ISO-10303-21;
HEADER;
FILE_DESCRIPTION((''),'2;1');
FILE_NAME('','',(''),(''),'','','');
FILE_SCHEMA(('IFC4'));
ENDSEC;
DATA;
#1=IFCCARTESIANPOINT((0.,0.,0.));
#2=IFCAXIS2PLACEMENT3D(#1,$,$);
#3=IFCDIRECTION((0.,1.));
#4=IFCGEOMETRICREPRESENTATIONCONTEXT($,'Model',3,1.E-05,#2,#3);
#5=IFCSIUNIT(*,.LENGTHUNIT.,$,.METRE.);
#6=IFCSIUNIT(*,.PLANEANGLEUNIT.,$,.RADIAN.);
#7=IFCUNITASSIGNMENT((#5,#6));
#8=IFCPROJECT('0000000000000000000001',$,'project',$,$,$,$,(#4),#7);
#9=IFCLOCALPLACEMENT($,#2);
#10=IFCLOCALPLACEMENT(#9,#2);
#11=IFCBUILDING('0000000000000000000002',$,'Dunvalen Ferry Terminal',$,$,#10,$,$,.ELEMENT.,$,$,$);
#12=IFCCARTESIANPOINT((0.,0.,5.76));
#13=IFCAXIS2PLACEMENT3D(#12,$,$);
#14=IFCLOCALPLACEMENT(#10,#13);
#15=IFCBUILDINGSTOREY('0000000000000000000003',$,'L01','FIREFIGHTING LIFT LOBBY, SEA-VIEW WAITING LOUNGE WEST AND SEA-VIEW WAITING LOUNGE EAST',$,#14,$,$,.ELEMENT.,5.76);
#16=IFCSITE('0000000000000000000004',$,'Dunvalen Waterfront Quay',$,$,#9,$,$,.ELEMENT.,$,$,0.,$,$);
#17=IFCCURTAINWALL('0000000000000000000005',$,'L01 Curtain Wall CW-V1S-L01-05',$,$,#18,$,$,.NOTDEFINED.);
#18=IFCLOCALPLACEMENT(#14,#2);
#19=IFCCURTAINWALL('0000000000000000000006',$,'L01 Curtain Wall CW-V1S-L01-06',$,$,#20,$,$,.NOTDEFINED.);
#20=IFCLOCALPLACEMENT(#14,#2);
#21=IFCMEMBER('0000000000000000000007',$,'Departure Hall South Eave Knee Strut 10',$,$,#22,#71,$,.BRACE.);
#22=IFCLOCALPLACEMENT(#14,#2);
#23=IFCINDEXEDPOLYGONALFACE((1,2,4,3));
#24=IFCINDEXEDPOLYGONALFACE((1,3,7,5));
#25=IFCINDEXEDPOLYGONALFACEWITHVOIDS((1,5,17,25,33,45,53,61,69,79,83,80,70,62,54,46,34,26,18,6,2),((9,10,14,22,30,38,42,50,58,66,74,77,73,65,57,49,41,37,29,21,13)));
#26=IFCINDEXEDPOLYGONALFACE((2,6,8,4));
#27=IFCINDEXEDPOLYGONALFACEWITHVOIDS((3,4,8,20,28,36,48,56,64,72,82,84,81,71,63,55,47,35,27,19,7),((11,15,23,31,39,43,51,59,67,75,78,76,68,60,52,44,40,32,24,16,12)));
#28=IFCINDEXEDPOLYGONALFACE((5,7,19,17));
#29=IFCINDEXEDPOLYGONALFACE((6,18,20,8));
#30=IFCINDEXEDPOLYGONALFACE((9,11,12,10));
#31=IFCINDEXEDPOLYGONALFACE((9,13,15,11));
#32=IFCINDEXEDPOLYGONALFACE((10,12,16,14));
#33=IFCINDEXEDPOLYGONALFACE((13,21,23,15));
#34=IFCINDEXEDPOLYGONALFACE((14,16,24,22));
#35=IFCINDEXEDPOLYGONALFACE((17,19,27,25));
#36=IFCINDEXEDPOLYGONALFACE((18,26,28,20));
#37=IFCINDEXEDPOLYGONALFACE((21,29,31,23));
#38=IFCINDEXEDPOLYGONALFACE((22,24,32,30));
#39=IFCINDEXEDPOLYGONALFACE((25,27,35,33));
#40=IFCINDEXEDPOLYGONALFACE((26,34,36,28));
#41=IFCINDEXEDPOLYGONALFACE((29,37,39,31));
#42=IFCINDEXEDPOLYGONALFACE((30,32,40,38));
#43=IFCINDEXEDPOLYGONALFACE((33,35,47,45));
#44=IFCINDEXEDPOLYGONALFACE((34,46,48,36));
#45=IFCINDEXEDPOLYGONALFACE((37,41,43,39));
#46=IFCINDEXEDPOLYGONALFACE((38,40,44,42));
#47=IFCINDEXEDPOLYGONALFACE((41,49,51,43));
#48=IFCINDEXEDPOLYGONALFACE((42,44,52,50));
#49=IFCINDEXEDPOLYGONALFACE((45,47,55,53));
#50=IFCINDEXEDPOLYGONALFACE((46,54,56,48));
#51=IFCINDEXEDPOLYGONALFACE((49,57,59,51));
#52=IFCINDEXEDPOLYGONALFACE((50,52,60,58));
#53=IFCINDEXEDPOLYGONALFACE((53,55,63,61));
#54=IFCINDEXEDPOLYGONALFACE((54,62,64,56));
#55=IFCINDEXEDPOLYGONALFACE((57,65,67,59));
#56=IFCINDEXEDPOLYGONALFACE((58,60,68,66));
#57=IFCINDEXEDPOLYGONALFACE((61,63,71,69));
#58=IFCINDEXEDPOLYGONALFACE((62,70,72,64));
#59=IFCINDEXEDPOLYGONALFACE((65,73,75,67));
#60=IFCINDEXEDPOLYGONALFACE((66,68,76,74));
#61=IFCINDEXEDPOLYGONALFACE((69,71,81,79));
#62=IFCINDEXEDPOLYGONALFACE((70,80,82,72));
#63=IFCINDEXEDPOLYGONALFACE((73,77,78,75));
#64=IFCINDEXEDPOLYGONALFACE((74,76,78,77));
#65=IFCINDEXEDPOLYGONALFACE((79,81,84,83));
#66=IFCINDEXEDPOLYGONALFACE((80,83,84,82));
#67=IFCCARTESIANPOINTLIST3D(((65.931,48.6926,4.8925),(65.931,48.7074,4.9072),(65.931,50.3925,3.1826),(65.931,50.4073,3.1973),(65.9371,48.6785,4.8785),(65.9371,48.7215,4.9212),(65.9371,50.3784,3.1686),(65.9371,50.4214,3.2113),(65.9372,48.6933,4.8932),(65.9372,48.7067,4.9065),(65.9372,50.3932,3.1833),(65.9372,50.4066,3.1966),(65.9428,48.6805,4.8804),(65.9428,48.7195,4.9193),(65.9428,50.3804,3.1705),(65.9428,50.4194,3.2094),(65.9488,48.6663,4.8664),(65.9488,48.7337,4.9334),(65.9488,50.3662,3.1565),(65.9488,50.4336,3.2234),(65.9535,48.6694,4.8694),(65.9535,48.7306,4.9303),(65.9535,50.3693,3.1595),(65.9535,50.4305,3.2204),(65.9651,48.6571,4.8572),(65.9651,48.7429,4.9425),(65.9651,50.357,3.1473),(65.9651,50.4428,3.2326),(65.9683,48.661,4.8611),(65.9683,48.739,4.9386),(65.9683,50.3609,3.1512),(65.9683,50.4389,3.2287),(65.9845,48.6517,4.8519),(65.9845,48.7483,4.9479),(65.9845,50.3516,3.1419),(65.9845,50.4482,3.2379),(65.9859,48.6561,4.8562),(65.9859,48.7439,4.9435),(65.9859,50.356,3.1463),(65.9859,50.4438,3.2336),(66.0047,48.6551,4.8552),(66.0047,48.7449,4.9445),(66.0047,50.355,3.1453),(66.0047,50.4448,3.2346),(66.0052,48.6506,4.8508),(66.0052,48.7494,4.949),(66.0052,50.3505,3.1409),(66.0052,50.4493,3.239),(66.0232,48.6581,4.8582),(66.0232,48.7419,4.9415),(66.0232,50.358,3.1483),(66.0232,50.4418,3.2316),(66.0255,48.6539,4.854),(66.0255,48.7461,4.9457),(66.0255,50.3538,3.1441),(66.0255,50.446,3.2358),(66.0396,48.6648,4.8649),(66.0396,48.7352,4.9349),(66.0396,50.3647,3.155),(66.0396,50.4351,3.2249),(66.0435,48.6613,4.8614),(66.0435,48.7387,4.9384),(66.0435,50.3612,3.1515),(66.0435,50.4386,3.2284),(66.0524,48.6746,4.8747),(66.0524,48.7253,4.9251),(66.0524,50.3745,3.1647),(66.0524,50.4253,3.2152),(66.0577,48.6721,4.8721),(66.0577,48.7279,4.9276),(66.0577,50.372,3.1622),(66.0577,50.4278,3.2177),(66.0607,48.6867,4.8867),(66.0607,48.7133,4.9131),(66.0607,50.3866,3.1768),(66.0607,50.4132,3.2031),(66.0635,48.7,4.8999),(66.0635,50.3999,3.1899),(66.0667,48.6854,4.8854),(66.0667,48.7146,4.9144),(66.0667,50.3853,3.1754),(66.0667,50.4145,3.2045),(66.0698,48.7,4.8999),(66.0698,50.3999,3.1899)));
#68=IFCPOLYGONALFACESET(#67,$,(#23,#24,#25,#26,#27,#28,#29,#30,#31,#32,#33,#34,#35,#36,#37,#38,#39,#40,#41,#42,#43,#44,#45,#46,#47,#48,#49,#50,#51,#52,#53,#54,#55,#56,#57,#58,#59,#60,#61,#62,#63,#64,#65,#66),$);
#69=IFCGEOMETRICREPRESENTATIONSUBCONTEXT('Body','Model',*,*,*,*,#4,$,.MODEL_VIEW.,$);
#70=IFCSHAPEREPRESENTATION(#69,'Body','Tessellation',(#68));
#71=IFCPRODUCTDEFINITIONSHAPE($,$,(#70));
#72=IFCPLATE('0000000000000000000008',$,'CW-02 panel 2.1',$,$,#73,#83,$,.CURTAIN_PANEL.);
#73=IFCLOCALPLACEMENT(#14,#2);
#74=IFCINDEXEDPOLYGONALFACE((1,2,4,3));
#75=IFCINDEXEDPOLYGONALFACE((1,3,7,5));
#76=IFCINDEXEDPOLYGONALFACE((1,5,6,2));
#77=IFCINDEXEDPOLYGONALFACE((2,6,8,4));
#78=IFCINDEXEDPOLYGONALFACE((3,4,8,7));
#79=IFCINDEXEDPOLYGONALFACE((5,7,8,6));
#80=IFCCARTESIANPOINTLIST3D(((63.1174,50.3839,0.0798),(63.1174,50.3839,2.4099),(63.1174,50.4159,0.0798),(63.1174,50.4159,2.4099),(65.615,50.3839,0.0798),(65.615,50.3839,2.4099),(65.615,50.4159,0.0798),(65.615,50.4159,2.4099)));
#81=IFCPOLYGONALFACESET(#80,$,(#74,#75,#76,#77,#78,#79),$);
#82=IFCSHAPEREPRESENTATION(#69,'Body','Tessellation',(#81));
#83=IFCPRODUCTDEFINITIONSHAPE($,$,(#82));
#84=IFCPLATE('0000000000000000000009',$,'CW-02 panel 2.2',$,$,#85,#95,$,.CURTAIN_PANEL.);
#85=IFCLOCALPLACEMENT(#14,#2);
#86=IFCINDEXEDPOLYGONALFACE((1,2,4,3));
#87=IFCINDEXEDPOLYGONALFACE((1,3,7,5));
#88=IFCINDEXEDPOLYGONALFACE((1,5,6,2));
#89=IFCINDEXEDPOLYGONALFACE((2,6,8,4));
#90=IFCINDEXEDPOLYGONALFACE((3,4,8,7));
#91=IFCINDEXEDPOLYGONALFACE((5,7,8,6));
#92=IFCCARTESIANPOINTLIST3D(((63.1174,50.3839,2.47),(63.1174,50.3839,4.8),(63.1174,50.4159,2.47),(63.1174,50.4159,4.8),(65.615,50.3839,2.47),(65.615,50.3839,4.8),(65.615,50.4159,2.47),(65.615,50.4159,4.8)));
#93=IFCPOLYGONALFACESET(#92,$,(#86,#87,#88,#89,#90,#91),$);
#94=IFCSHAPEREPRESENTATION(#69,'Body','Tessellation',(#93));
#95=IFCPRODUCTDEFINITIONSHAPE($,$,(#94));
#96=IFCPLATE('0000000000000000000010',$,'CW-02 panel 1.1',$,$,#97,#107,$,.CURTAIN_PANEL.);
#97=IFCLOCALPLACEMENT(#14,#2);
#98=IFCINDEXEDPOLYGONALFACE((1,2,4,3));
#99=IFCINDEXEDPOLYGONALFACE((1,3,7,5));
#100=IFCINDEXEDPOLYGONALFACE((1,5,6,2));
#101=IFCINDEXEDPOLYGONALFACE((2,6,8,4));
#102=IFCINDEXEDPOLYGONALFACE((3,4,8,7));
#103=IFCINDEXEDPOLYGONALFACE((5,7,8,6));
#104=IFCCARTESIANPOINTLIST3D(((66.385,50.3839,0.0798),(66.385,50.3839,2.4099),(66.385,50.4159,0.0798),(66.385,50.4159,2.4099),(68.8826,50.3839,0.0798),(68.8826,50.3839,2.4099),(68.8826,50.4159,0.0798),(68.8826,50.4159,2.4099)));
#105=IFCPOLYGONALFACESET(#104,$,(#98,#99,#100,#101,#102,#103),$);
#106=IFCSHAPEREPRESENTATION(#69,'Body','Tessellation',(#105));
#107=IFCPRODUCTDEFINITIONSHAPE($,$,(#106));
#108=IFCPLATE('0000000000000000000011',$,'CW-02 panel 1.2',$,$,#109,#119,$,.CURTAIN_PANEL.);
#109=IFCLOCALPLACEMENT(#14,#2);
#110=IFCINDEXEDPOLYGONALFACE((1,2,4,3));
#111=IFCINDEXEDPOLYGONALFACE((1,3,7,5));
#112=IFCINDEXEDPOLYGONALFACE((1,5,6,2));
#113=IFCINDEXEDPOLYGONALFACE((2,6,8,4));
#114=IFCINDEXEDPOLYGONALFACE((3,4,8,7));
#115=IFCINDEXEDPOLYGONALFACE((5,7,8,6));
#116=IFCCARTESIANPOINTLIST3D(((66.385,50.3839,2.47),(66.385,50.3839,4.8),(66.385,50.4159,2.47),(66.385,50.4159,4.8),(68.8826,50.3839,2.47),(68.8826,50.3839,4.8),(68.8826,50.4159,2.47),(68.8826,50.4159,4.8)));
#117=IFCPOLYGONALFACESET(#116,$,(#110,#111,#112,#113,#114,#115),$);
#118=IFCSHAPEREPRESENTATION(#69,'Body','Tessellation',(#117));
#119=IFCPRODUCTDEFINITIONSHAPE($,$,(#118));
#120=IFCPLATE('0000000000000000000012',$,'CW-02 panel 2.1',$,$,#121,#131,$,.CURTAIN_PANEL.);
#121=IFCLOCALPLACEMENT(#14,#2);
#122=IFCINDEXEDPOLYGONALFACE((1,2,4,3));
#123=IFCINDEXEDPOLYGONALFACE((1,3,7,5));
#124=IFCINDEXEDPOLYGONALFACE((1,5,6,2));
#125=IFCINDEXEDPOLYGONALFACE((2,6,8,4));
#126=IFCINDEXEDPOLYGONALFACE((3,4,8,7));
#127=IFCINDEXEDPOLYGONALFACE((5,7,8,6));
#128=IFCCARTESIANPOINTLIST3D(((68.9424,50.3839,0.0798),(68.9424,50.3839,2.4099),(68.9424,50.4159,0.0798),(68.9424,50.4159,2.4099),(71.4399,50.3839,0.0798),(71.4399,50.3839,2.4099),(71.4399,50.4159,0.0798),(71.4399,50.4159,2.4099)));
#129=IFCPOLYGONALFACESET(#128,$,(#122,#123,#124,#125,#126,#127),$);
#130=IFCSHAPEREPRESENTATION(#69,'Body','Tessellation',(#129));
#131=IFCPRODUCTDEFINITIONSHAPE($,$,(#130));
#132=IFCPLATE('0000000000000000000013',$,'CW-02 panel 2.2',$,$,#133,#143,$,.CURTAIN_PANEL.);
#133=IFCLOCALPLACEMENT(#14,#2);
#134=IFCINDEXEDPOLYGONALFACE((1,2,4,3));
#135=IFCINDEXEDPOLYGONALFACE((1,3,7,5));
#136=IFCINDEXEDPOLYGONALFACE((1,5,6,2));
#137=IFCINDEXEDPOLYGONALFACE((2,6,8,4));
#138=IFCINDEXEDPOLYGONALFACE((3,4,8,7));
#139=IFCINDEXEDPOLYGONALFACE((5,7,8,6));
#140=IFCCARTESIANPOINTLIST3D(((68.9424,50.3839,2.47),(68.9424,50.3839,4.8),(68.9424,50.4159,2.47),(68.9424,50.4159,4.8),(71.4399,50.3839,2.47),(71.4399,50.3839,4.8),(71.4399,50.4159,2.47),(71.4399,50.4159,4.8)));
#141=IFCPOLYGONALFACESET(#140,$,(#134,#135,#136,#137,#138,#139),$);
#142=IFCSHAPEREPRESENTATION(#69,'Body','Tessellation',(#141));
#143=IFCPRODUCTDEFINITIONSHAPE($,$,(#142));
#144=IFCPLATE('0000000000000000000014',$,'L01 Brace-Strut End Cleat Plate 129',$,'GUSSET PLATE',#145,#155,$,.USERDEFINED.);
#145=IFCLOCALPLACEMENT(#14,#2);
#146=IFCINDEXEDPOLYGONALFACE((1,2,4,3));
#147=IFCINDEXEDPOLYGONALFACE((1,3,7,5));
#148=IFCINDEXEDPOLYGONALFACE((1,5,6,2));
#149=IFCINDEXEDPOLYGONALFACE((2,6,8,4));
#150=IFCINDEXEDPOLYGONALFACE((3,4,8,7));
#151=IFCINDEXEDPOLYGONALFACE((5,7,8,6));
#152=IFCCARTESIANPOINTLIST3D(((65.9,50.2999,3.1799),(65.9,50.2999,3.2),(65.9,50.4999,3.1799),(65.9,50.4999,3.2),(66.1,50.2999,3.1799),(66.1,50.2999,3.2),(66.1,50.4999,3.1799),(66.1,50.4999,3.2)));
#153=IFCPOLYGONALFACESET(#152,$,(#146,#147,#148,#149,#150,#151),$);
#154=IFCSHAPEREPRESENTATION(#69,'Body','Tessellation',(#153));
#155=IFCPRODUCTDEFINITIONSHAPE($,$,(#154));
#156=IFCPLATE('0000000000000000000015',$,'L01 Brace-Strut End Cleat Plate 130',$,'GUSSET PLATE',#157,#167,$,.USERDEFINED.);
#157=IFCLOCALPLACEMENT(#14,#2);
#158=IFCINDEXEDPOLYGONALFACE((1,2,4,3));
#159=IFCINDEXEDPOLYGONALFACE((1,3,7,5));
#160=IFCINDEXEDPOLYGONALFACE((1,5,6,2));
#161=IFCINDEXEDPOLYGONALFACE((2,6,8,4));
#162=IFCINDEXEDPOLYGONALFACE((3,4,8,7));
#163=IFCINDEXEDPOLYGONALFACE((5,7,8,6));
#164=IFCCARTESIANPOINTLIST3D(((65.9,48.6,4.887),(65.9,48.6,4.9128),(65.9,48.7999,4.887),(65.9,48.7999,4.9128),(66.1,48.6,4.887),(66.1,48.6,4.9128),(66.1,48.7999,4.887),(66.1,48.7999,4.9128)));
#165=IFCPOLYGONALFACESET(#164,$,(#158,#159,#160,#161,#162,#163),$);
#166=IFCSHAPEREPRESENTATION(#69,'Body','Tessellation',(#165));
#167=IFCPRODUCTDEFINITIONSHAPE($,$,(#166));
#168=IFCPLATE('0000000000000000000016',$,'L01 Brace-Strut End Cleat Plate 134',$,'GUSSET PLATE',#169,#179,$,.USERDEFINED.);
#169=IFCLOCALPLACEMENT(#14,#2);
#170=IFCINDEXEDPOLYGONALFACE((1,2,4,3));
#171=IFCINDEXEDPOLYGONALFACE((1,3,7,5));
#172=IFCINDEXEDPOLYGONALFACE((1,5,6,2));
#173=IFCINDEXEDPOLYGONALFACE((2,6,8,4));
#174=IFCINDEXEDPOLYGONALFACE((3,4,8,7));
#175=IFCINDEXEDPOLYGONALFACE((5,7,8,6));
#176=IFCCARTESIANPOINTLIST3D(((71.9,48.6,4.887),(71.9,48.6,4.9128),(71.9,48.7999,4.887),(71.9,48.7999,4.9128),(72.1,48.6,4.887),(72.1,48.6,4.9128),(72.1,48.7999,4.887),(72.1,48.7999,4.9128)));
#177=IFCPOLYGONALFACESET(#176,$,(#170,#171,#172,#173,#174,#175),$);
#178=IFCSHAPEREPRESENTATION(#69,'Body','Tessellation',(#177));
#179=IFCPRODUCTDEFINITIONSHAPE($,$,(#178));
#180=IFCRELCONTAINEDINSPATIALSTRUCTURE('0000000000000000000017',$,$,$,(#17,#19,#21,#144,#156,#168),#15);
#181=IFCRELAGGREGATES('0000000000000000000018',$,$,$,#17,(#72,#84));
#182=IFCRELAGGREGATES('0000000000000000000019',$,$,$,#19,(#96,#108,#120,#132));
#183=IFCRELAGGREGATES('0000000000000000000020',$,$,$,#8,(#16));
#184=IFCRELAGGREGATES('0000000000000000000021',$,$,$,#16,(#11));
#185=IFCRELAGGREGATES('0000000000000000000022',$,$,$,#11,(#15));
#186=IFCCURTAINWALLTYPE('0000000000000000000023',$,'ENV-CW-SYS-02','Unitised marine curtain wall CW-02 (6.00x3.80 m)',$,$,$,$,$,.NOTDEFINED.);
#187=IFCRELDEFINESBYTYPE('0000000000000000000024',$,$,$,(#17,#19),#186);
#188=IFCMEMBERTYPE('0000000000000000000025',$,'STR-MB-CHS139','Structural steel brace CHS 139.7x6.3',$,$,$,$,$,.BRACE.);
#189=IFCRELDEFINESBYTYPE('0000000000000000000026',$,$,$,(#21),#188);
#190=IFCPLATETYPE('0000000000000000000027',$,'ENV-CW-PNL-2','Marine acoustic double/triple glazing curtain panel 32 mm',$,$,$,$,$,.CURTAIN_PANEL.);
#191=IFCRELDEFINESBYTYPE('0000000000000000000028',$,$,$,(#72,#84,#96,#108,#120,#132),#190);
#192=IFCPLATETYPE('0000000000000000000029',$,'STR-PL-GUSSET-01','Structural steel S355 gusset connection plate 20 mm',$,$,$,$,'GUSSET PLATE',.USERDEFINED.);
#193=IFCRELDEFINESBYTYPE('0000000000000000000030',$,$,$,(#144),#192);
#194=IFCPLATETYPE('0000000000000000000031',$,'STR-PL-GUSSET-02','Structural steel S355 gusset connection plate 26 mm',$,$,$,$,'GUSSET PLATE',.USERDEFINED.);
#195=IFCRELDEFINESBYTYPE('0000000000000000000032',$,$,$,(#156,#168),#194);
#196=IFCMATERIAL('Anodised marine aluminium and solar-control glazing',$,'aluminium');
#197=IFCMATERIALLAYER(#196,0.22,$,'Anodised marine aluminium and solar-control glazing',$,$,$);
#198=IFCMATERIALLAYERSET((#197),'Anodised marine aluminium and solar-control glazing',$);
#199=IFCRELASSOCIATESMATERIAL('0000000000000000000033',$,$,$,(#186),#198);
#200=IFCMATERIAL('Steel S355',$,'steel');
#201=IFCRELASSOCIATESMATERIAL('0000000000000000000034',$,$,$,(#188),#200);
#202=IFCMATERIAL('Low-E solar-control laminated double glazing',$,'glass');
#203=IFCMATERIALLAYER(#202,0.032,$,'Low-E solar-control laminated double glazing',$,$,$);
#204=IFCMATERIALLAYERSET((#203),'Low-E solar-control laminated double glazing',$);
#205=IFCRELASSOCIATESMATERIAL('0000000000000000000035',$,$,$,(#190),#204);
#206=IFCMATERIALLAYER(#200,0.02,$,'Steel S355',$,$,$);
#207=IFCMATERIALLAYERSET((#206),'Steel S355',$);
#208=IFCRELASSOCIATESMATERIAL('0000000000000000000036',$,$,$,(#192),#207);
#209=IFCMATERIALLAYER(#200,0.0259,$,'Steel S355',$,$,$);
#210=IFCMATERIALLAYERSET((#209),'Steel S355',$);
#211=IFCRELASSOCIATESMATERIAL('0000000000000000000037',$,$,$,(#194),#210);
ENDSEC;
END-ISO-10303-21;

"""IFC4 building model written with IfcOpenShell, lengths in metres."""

from ifc_helpers import new_model, si_unit, direction, frame, origin, origin_2d, place, context, subcontext, project, spatial, rectangle, hollow_circle, extrude, material, layer, layer_set, material_profile, profile_set, type_object, element, aggregate, save


model = new_model("IFC4")

# Units and contexts
model_context = context("Model", 3, precision=1e-05, world=origin(), true_north=direction((0.0, 1.0)))
body_context = subcontext(model_context, "Body", "Model", "MODEL_VIEW")
ifc_project = project(units=[si_unit("LENGTHUNIT", "METRE"), si_unit("PLANEANGLEUNIT", "RADIAN")], contexts=[model_context])

# Site, building, storey
site_placement = place(None, origin())
site = spatial("IfcSite", under=ifc_project, at=site_placement, Name="Dunvalen Waterfront Quay", CompositionType="ELEMENT", RefElevation=0.0)
building_placement = place(site_placement, origin())
building = spatial("IfcBuilding", under=site, at=building_placement, Name="Dunvalen Ferry Terminal", CompositionType="ELEMENT")
storey_placement = place(building_placement, frame((0.0, 0.0, 5.76)))
storey = spatial("IfcBuildingStorey", under=building, at=storey_placement, Name="L01", Description="FIREFIGHTING LIFT LOBBY, SEA-VIEW WAITING LOUNGE WEST AND SEA-VIEW WAITING LOUNGE EAST", CompositionType="ELEMENT", Elevation=5.76)

# Shared definitions
ifc_material_1 = material(Name="Steel S355", Category="steel")

# Curtain wall
ifc_material_2 = material(Name="Anodised marine aluminium and solar-control glazing", Category="aluminium")
ifc_layer_1 = layer(ifc_material_2, 0.22, Name="Anodised marine aluminium and solar-control glazing")
ifc_layer_set_1 = layer_set([ifc_layer_1], Name="Anodised marine aluminium and solar-control glazing")
curtain_wall_type = type_object("IfcCurtainWallType", Name="ENV-CW-SYS-02", Description="Unitised marine curtain wall CW-02 (6.00x3.80 m)", PredefinedType="NOTDEFINED", material=ifc_layer_set_1)
curtain_wall_1_placement = place(storey_placement, origin())
curtain_wall_1 = element("IfcCurtainWall", 1, at=curtain_wall_1_placement, inside=storey, type_object=curtain_wall_type, Name="L01 Curtain Wall CW-V1S-L01-05", PredefinedType="NOTDEFINED")

# Curtain wall
curtain_wall_2_placement = place(storey_placement, origin())
curtain_wall_2 = element("IfcCurtainWall", 2, at=curtain_wall_2_placement, inside=storey, type_object=curtain_wall_type, Name="L01 Curtain Wall CW-V1S-L01-06", PredefinedType="NOTDEFINED")

# Member
ifc_material_profile_1 = material_profile(ifc_material_1, hollow_circle(Radius=0.0698, WallThickness=0.0063, at=origin_2d()), Name="Steel S355")
ifc_profile_set_1 = profile_set([ifc_material_profile_1], Name="Steel S355")
member_type_1 = type_object("IfcMemberType", Name="STR-MB-CHS139", Description="Structural steel brace CHS 139.7x6.3", PredefinedType="BRACE", material=ifc_profile_set_1)
member_1_placement = place(storey_placement, frame((66.0, 50.3999, 3.1899), z_axis=(0.0, -0.705028, 0.709179), x_axis=(1.0, 0.0, 0.0)))
element("IfcMember", 3, at=member_1_placement, inside=storey, type_object=member_type_1, Name="Departure Hall South Eave Knee Strut 10", PredefinedType="BRACE", context=body_context, shape_type="SweptSolid", body=[
    extrude(hollow_circle(Radius=0.0698, WallThickness=0.0063, at=origin_2d()), origin(), (0.0, 0.0, 1.0), 2.4111),
])

# Plates
ifc_material_3 = material(Name="Low-E solar-control laminated double glazing", Category="glass")
ifc_layer_2 = layer(ifc_material_3, 0.032, Name="Low-E solar-control laminated double glazing")
ifc_layer_set_2 = layer_set([ifc_layer_2], Name="Low-E solar-control laminated double glazing")
plate_type_1 = type_object("IfcPlateType", Name="ENV-CW-PNL-2", Description="Marine acoustic double/triple glazing curtain panel 32 mm", PredefinedType="CURTAIN_PANEL", material=ifc_layer_set_2)
plate_1_placement = place(storey_placement, frame((64.3662, 50.3999, 0.0798), z_axis=(0.0, 0.0, 1.0), x_axis=(1.0, 0.0, 0.0)))
plate_1 = element("IfcPlate", 4, at=plate_1_placement, type_object=plate_type_1, Name="CW-02 panel 2.1", PredefinedType="CURTAIN_PANEL", context=body_context, shape_type="SweptSolid", body=[
    extrude(rectangle(XDim=2.4976, YDim=0.032, at=origin_2d()), origin(), (0.0, 0.0, 1.0), 2.3301),
])
plate_2_placement = place(storey_placement, frame((64.3662, 50.3999, 2.47), z_axis=(0.0, 0.0, 1.0), x_axis=(1.0, 0.0, 0.0)))
plate_2 = element("IfcPlate", 5, at=plate_2_placement, type_object=plate_type_1, Name="CW-02 panel 2.2", PredefinedType="CURTAIN_PANEL", context=body_context, shape_type="SweptSolid", body=[
    extrude(rectangle(XDim=2.4976, YDim=0.032, at=origin_2d()), origin(), (0.0, 0.0, 1.0), 2.3301),
])
aggregate(curtain_wall_1, [plate_1, plate_2])
plate_3_placement = place(storey_placement, frame((67.6338, 50.3999, 0.0798), z_axis=(0.0, 0.0, 1.0), x_axis=(1.0, 0.0, 0.0)))
plate_3 = element("IfcPlate", 6, at=plate_3_placement, type_object=plate_type_1, Name="CW-02 panel 1.1", PredefinedType="CURTAIN_PANEL", context=body_context, shape_type="SweptSolid", body=[
    extrude(rectangle(XDim=2.4976, YDim=0.032, at=origin_2d()), origin(), (0.0, 0.0, 1.0), 2.3301),
])
plate_4_placement = place(storey_placement, frame((67.6338, 50.3999, 2.47), z_axis=(0.0, 0.0, 1.0), x_axis=(1.0, 0.0, 0.0)))
plate_4 = element("IfcPlate", 7, at=plate_4_placement, type_object=plate_type_1, Name="CW-02 panel 1.2", PredefinedType="CURTAIN_PANEL", context=body_context, shape_type="SweptSolid", body=[
    extrude(rectangle(XDim=2.4976, YDim=0.032, at=origin_2d()), origin(), (0.0, 0.0, 1.0), 2.3301),
])
plate_5_placement = place(storey_placement, frame((70.1912, 50.3999, 0.0798), z_axis=(0.0, 0.0, 1.0), x_axis=(1.0, 0.0, 0.0)))
plate_5 = element("IfcPlate", 8, at=plate_5_placement, type_object=plate_type_1, Name="CW-02 panel 2.1", PredefinedType="CURTAIN_PANEL", context=body_context, shape_type="SweptSolid", body=[
    extrude(rectangle(XDim=2.4976, YDim=0.032, at=origin_2d()), origin(), (0.0, 0.0, 1.0), 2.3301),
])
plate_6_placement = place(storey_placement, frame((70.1912, 50.3999, 2.47), z_axis=(0.0, 0.0, 1.0), x_axis=(1.0, 0.0, 0.0)))
plate_6 = element("IfcPlate", 9, at=plate_6_placement, type_object=plate_type_1, Name="CW-02 panel 2.2", PredefinedType="CURTAIN_PANEL", context=body_context, shape_type="SweptSolid", body=[
    extrude(rectangle(XDim=2.4976, YDim=0.032, at=origin_2d()), origin(), (0.0, 0.0, 1.0), 2.3301),
])
aggregate(curtain_wall_2, [plate_3, plate_4, plate_5, plate_6])

# Plates
ifc_layer_3 = layer(ifc_material_1, 0.02, Name="Steel S355")
ifc_layer_set_3 = layer_set([ifc_layer_3], Name="Steel S355")
plate_type_2 = type_object("IfcPlateType", Name="STR-PL-GUSSET-01", Description="Structural steel S355 gusset connection plate 20 mm", ElementType="GUSSET PLATE", PredefinedType="USERDEFINED", material=ifc_layer_set_3)
plate_7_placement = place(storey_placement, frame((66.0, 50.3999, 3.1799), z_axis=(0.0, 0.0, 1.0), x_axis=(1.0, 0.0, 0.0)))
element("IfcPlate", 10, at=plate_7_placement, inside=storey, type_object=plate_type_2, Name="L01 Brace-Strut End Cleat Plate 129", ObjectType="GUSSET PLATE", PredefinedType="USERDEFINED", context=body_context, shape_type="SweptSolid", body=[
    extrude(rectangle(XDim=0.2, YDim=0.2, at=origin_2d()), origin(), (0.0, 0.0, 1.0), 0.02),
])
ifc_layer_4 = layer(ifc_material_1, 0.0259, Name="Steel S355")
ifc_layer_set_4 = layer_set([ifc_layer_4], Name="Steel S355")
plate_type_3 = type_object("IfcPlateType", Name="STR-PL-GUSSET-02", Description="Structural steel S355 gusset connection plate 26 mm", ElementType="GUSSET PLATE", PredefinedType="USERDEFINED", material=ifc_layer_set_4)
for number, where, z_axis, x_axis, name in (
    (11, (66.0, 48.7, 4.887), (0.0, 0.0, 1.0), (1.0, 0.0, 0.0), "L01 Brace-Strut End Cleat Plate 130"),
    (12, (72.0, 48.7, 4.887), (0.0, 0.0, 1.0), (1.0, 0.0, 0.0), "L01 Brace-Strut End Cleat Plate 134"),
):
    element("IfcPlate", number, at=place(storey_placement, frame(where, z_axis=z_axis, x_axis=x_axis)), inside=storey, type_object=plate_type_3, Name=name, ObjectType="GUSSET PLATE", PredefinedType="USERDEFINED", context=body_context, shape_type="SweptSolid", body=[
        extrude(rectangle(XDim=0.2, YDim=0.2, at=origin_2d()), origin(), (0.0, 0.0, 1.0), 0.0259),
    ])

save(model, "model.ifc")
